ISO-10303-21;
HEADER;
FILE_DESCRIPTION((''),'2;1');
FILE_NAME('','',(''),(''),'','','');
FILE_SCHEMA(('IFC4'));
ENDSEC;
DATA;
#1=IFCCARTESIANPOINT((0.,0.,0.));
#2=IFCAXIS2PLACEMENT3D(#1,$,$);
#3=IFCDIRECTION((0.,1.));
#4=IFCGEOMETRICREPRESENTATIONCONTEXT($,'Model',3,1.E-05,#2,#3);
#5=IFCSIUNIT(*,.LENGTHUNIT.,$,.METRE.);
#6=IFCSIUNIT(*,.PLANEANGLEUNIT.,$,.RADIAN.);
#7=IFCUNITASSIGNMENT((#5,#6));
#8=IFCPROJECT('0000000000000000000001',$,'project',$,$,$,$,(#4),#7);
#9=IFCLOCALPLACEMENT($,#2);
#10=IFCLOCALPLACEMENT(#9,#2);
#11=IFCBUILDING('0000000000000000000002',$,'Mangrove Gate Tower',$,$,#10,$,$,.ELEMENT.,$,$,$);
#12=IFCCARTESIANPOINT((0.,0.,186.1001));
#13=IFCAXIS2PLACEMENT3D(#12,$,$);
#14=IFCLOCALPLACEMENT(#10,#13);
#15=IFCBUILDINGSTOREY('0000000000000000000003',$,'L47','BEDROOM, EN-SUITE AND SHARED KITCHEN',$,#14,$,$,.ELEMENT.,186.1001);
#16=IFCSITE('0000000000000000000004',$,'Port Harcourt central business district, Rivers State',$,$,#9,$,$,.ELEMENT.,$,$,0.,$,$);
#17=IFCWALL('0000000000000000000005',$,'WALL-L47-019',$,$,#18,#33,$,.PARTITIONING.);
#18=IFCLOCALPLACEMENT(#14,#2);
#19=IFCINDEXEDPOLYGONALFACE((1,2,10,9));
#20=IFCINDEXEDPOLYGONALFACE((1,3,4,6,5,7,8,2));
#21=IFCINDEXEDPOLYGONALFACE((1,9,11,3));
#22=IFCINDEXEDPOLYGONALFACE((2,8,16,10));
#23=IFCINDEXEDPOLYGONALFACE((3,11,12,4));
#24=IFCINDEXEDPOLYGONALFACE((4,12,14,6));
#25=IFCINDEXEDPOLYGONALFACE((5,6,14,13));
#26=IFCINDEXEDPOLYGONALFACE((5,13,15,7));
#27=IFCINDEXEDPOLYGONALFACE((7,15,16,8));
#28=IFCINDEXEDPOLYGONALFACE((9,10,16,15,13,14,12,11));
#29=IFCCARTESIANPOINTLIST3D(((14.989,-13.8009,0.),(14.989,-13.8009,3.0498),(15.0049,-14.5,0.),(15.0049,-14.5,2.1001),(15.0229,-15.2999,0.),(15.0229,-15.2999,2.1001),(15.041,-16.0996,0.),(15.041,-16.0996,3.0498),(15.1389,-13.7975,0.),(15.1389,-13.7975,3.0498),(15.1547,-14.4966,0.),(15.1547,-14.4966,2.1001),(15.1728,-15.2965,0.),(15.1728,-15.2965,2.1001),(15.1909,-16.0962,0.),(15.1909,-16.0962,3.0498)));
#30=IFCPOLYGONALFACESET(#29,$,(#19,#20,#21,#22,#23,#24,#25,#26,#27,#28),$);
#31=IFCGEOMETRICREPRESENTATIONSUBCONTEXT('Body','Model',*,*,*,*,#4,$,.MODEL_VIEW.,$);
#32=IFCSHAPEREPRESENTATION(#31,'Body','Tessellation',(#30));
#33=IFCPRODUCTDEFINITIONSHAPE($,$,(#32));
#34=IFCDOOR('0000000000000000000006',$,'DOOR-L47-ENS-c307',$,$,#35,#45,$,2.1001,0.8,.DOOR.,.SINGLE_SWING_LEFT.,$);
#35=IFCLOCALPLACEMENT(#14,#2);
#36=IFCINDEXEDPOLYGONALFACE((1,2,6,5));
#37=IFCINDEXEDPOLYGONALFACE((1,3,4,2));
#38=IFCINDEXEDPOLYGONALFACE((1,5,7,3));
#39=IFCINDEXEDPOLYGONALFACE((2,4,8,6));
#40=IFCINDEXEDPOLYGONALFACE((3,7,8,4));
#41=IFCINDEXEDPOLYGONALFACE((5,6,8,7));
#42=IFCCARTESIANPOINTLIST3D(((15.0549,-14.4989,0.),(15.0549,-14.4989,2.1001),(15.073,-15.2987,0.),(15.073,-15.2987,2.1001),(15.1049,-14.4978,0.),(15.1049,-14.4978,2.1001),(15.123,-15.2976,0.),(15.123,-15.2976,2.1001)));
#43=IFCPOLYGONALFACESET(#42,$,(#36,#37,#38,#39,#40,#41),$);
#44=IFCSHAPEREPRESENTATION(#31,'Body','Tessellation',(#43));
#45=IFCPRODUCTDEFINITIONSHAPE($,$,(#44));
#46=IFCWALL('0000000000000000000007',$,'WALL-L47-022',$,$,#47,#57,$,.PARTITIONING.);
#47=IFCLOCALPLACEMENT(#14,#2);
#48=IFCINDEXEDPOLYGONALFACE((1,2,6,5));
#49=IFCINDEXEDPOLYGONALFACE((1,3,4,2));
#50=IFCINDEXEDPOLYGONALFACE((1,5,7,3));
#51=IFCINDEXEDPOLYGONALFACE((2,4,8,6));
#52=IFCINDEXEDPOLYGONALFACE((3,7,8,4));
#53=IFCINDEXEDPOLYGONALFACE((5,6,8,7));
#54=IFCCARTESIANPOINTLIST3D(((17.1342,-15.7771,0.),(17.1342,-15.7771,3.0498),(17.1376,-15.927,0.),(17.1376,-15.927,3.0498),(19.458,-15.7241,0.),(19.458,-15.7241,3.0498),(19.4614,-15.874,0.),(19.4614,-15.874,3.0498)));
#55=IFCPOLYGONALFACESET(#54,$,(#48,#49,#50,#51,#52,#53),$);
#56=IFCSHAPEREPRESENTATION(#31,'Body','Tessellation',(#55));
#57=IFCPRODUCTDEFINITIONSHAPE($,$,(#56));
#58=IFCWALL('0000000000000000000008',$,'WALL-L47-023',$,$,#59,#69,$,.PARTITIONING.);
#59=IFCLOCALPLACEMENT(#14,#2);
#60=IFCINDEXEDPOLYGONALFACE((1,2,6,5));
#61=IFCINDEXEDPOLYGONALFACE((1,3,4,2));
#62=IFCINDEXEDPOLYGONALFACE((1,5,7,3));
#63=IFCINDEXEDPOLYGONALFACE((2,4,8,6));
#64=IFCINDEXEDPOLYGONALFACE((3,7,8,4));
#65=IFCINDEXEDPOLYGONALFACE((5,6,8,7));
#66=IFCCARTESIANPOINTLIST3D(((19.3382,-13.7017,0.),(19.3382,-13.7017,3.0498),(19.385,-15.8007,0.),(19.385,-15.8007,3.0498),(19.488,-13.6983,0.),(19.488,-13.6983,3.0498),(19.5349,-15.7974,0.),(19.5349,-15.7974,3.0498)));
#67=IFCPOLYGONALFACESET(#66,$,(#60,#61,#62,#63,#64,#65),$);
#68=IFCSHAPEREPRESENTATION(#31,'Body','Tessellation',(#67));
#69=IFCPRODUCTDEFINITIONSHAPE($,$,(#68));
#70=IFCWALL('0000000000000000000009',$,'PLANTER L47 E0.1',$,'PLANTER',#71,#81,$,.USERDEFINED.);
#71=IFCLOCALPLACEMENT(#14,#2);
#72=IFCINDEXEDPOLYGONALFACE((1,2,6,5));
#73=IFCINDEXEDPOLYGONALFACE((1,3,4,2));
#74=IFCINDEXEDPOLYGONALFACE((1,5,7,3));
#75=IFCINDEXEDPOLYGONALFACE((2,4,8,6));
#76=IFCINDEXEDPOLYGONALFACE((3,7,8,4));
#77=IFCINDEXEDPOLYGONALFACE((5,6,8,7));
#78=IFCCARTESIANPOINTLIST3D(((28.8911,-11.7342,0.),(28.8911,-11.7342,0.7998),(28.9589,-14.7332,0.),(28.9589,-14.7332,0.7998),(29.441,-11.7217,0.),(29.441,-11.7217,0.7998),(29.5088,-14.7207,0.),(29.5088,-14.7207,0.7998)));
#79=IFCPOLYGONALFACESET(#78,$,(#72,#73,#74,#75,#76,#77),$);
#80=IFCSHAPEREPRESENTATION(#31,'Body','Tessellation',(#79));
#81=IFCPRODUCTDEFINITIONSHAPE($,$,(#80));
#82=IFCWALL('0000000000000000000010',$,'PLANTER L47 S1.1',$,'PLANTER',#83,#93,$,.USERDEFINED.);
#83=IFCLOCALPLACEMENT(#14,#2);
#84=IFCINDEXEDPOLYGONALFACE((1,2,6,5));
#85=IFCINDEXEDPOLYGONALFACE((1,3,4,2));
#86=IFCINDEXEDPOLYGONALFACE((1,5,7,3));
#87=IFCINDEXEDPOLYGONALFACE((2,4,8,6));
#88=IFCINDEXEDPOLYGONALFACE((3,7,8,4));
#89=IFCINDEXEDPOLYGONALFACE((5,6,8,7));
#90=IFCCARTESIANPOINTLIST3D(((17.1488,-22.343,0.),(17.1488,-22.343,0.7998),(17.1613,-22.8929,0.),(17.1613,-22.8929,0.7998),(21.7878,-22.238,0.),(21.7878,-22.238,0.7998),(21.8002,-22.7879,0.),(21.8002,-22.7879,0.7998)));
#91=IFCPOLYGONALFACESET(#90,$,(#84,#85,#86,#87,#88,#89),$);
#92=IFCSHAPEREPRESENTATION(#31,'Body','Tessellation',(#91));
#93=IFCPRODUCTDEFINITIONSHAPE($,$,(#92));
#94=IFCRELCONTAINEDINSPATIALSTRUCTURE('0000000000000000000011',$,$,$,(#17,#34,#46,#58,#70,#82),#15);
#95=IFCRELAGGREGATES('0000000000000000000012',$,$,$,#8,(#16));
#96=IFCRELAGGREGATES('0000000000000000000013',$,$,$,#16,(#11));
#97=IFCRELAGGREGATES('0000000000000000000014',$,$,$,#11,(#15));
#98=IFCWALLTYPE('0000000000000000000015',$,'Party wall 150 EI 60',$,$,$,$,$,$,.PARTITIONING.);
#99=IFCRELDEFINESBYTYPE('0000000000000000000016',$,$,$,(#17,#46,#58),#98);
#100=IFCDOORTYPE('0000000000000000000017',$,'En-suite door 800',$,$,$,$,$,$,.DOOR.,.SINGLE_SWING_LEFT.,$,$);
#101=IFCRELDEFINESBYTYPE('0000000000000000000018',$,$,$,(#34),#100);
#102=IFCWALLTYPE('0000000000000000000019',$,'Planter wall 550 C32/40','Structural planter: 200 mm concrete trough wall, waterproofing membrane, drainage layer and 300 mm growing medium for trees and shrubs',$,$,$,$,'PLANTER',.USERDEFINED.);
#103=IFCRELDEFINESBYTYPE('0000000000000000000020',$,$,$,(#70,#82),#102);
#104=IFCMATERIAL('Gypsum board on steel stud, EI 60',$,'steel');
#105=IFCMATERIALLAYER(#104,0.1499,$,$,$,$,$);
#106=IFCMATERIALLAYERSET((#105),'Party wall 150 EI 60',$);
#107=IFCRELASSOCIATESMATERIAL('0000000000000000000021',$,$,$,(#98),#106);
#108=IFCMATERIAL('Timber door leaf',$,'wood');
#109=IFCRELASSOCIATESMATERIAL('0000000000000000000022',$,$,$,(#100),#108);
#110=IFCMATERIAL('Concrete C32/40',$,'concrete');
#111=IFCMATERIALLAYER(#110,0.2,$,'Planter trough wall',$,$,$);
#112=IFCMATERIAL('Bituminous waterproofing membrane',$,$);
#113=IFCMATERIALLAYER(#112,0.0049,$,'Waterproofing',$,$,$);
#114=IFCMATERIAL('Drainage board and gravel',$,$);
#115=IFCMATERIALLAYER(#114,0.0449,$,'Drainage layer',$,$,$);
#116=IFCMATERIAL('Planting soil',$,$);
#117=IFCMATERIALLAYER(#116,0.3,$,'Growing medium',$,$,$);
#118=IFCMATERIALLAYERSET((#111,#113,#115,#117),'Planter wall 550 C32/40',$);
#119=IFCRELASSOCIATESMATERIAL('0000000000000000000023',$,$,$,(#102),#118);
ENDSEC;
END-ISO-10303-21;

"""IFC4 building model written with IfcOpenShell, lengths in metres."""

from ifc_helpers import new_model, si_unit, direction, frame, frame_2d, origin, place, context, subcontext, project, spatial, rectangle, extrude, material, layer, layer_set, type_object, element, fill, save


model = new_model("IFC4")

# Units and contexts
model_context = context("Model", 3, precision=1e-05, world=origin(), true_north=direction((0.0, 1.0)))
body_context = subcontext(model_context, "Body", "Model", "MODEL_VIEW")
ifc_project = project(units=[si_unit("LENGTHUNIT", "METRE"), si_unit("PLANEANGLEUNIT", "RADIAN")], contexts=[model_context])

# Site, building, storey
site_placement = place(None, origin())
site = spatial("IfcSite", under=ifc_project, at=site_placement, Name="Port Harcourt central business district, Rivers State", CompositionType="ELEMENT", RefElevation=0.0)
building_placement = place(site_placement, origin())
building = spatial("IfcBuilding", under=site, at=building_placement, Name="Mangrove Gate Tower", CompositionType="ELEMENT")
storey_placement = place(building_placement, frame((0.0, 0.0, 186.1001)))
storey = spatial("IfcBuildingStorey", under=building, at=storey_placement, Name="L47", Description="BEDROOM, EN-SUITE AND SHARED KITCHEN", CompositionType="ELEMENT", Elevation=186.1001)

# Shared definitions
ifc_material_1 = material(Name="Gypsum board on steel stud, EI 60", Category="steel")
ifc_layer_1 = layer(ifc_material_1, 0.1499)
ifc_layer_set_1 = layer_set([ifc_layer_1], Name="Party wall 150 EI 60")
wall_type_1 = type_object("IfcWallType", Name="Party wall 150 EI 60", PredefinedType="PARTITIONING", material=ifc_layer_set_1)

# Wall, opening, door
wall_1_placement = place(storey_placement, frame((15.116, -16.0979, 0.0), z_axis=(0.0, 0.0, 1.0), x_axis=(-0.022615, 0.999744, 0.0)))
wall_1 = element("IfcWall", 1, at=wall_1_placement, inside=storey, type_object=wall_type_1, Name="WALL-L47-019", PredefinedType="PARTITIONING", context=body_context, shape_type="SweptSolid", body=[
    extrude(rectangle(XDim=2.2993, YDim=0.1499, at=frame_2d((1.1497, 0.0))), origin(), (0.0, 0.0, 1.0), 3.0498),
])
opening_1_placement = place(wall_1_placement, frame((0.8, 0.0, 0.0)))
opening_1 = element("IfcOpeningElement", 2, at=opening_1_placement, cuts=wall_1, PredefinedType="OPENING", context=body_context, shape_type="SweptSolid", body=[
    extrude(rectangle(XDim=0.8, YDim=2.1001, at=frame_2d((0.3999, 1.05))), frame((0.0, 0.085, 0.0), z_axis=(0.0, -1.0, 0.0), x_axis=(1.0, 0.0, 0.0)), (0.0, 0.0, 1.0), 0.1699),
])
ifc_material_2 = material(Name="Timber door leaf", Category="wood")
door_type_1 = type_object("IfcDoorType", Name="En-suite door 800", OperationType="SINGLE_SWING_LEFT", PredefinedType="DOOR", material=ifc_material_2)
door_1_placement = place(opening_1_placement, origin())
door_1 = element("IfcDoor", 3, at=door_1_placement, inside=storey, type_object=door_type_1, Name="DOOR-L47-ENS-c307", OperationType="SINGLE_SWING_LEFT", OverallHeight=2.1001, OverallWidth=0.8, PredefinedType="DOOR", context=body_context, shape_type="SweptSolid", body=[
    extrude(rectangle(XDim=0.8, YDim=2.1001, at=frame_2d((0.3999, 1.05))), frame((0.0, 0.0249, 0.0), z_axis=(0.0, -1.0, 0.0), x_axis=(1.0, 0.0, 0.0)), (0.0, 0.0, 1.0), 0.05),
])
fill(opening_1, door_1)

# Walls
wall_2_placement = place(storey_placement, frame((17.136, -15.8521, 0.0), z_axis=(0.0, 0.0, 1.0), x_axis=(0.99974, 0.022791, 0.0)))
element("IfcWall", 4, at=wall_2_placement, inside=storey, type_object=wall_type_1, Name="WALL-L47-022", PredefinedType="PARTITIONING", context=body_context, shape_type="SweptSolid", body=[
    extrude(rectangle(XDim=2.3245, YDim=0.1499, at=frame_2d((1.1621, 0.0))), origin(), (0.0, 0.0, 1.0), 3.0498),
])
wall_3_placement = place(storey_placement, frame((19.46, -15.7991, 0.0), z_axis=(0.0, 0.0, 1.0), x_axis=(-0.022325, 0.999751, 0.0)))
element("IfcWall", 5, at=wall_3_placement, inside=storey, type_object=wall_type_1, Name="WALL-L47-023", PredefinedType="PARTITIONING", context=body_context, shape_type="SweptSolid", body=[
    extrude(rectangle(XDim=2.0996, YDim=0.1499, at=frame_2d((1.0498, 0.0))), origin(), (0.0, 0.0, 1.0), 3.0498),
])
ifc_material_3 = material(Name="Concrete C32/40", Category="concrete")
ifc_layer_2 = layer(ifc_material_3, 0.2, Name="Planter trough wall")
ifc_material_4 = material(Name="Bituminous waterproofing membrane")
ifc_layer_3 = layer(ifc_material_4, 0.0049, Name="Waterproofing")
ifc_material_5 = material(Name="Drainage board and gravel")
ifc_layer_4 = layer(ifc_material_5, 0.0449, Name="Drainage layer")
ifc_material_6 = material(Name="Planting soil")
ifc_layer_5 = layer(ifc_material_6, 0.3, Name="Growing medium")
ifc_layer_set_2 = layer_set([ifc_layer_2, ifc_layer_3, ifc_layer_4, ifc_layer_5], Name="Planter wall 550 C32/40")
wall_type_2 = type_object("IfcWallType", Name="Planter wall 550 C32/40", Description="Structural planter: 200 mm concrete trough wall, waterproofing membrane, drainage layer and 300 mm growing medium for trees and shrubs", ElementType="PLANTER", PredefinedType="USERDEFINED", material=ifc_layer_set_2)
wall_4_placement = place(storey_placement, frame((29.2339, -14.7271, 0.0), z_axis=(0.0, 0.0, 1.0), x_axis=(-0.022625, 0.999744, 0.0)))
element("IfcWall", 6, at=wall_4_placement, inside=storey, type_object=wall_type_2, Name="PLANTER L47 E0.1", ObjectType="PLANTER", PredefinedType="USERDEFINED", context=body_context, shape_type="SweptSolid", body=[
    extrude(rectangle(XDim=2.9998, YDim=0.55, at=frame_2d((1.5, 0.0))), origin(), (0.0, 0.0, 1.0), 0.7998),
])
wall_5_placement = place(storey_placement, frame((17.155, -22.6179, 0.0), z_axis=(0.0, 0.0, 1.0), x_axis=(0.999744, 0.022625, 0.0)))
element("IfcWall", 7, at=wall_5_placement, inside=storey, type_object=wall_type_2, Name="PLANTER L47 S1.1", ObjectType="PLANTER", PredefinedType="USERDEFINED", context=body_context, shape_type="SweptSolid", body=[
    extrude(rectangle(XDim=4.6401, YDim=0.55, at=frame_2d((2.3201, 0.0))), origin(), (0.0, 0.0, 1.0), 0.7998),
])

save(model, "model.ifc")
